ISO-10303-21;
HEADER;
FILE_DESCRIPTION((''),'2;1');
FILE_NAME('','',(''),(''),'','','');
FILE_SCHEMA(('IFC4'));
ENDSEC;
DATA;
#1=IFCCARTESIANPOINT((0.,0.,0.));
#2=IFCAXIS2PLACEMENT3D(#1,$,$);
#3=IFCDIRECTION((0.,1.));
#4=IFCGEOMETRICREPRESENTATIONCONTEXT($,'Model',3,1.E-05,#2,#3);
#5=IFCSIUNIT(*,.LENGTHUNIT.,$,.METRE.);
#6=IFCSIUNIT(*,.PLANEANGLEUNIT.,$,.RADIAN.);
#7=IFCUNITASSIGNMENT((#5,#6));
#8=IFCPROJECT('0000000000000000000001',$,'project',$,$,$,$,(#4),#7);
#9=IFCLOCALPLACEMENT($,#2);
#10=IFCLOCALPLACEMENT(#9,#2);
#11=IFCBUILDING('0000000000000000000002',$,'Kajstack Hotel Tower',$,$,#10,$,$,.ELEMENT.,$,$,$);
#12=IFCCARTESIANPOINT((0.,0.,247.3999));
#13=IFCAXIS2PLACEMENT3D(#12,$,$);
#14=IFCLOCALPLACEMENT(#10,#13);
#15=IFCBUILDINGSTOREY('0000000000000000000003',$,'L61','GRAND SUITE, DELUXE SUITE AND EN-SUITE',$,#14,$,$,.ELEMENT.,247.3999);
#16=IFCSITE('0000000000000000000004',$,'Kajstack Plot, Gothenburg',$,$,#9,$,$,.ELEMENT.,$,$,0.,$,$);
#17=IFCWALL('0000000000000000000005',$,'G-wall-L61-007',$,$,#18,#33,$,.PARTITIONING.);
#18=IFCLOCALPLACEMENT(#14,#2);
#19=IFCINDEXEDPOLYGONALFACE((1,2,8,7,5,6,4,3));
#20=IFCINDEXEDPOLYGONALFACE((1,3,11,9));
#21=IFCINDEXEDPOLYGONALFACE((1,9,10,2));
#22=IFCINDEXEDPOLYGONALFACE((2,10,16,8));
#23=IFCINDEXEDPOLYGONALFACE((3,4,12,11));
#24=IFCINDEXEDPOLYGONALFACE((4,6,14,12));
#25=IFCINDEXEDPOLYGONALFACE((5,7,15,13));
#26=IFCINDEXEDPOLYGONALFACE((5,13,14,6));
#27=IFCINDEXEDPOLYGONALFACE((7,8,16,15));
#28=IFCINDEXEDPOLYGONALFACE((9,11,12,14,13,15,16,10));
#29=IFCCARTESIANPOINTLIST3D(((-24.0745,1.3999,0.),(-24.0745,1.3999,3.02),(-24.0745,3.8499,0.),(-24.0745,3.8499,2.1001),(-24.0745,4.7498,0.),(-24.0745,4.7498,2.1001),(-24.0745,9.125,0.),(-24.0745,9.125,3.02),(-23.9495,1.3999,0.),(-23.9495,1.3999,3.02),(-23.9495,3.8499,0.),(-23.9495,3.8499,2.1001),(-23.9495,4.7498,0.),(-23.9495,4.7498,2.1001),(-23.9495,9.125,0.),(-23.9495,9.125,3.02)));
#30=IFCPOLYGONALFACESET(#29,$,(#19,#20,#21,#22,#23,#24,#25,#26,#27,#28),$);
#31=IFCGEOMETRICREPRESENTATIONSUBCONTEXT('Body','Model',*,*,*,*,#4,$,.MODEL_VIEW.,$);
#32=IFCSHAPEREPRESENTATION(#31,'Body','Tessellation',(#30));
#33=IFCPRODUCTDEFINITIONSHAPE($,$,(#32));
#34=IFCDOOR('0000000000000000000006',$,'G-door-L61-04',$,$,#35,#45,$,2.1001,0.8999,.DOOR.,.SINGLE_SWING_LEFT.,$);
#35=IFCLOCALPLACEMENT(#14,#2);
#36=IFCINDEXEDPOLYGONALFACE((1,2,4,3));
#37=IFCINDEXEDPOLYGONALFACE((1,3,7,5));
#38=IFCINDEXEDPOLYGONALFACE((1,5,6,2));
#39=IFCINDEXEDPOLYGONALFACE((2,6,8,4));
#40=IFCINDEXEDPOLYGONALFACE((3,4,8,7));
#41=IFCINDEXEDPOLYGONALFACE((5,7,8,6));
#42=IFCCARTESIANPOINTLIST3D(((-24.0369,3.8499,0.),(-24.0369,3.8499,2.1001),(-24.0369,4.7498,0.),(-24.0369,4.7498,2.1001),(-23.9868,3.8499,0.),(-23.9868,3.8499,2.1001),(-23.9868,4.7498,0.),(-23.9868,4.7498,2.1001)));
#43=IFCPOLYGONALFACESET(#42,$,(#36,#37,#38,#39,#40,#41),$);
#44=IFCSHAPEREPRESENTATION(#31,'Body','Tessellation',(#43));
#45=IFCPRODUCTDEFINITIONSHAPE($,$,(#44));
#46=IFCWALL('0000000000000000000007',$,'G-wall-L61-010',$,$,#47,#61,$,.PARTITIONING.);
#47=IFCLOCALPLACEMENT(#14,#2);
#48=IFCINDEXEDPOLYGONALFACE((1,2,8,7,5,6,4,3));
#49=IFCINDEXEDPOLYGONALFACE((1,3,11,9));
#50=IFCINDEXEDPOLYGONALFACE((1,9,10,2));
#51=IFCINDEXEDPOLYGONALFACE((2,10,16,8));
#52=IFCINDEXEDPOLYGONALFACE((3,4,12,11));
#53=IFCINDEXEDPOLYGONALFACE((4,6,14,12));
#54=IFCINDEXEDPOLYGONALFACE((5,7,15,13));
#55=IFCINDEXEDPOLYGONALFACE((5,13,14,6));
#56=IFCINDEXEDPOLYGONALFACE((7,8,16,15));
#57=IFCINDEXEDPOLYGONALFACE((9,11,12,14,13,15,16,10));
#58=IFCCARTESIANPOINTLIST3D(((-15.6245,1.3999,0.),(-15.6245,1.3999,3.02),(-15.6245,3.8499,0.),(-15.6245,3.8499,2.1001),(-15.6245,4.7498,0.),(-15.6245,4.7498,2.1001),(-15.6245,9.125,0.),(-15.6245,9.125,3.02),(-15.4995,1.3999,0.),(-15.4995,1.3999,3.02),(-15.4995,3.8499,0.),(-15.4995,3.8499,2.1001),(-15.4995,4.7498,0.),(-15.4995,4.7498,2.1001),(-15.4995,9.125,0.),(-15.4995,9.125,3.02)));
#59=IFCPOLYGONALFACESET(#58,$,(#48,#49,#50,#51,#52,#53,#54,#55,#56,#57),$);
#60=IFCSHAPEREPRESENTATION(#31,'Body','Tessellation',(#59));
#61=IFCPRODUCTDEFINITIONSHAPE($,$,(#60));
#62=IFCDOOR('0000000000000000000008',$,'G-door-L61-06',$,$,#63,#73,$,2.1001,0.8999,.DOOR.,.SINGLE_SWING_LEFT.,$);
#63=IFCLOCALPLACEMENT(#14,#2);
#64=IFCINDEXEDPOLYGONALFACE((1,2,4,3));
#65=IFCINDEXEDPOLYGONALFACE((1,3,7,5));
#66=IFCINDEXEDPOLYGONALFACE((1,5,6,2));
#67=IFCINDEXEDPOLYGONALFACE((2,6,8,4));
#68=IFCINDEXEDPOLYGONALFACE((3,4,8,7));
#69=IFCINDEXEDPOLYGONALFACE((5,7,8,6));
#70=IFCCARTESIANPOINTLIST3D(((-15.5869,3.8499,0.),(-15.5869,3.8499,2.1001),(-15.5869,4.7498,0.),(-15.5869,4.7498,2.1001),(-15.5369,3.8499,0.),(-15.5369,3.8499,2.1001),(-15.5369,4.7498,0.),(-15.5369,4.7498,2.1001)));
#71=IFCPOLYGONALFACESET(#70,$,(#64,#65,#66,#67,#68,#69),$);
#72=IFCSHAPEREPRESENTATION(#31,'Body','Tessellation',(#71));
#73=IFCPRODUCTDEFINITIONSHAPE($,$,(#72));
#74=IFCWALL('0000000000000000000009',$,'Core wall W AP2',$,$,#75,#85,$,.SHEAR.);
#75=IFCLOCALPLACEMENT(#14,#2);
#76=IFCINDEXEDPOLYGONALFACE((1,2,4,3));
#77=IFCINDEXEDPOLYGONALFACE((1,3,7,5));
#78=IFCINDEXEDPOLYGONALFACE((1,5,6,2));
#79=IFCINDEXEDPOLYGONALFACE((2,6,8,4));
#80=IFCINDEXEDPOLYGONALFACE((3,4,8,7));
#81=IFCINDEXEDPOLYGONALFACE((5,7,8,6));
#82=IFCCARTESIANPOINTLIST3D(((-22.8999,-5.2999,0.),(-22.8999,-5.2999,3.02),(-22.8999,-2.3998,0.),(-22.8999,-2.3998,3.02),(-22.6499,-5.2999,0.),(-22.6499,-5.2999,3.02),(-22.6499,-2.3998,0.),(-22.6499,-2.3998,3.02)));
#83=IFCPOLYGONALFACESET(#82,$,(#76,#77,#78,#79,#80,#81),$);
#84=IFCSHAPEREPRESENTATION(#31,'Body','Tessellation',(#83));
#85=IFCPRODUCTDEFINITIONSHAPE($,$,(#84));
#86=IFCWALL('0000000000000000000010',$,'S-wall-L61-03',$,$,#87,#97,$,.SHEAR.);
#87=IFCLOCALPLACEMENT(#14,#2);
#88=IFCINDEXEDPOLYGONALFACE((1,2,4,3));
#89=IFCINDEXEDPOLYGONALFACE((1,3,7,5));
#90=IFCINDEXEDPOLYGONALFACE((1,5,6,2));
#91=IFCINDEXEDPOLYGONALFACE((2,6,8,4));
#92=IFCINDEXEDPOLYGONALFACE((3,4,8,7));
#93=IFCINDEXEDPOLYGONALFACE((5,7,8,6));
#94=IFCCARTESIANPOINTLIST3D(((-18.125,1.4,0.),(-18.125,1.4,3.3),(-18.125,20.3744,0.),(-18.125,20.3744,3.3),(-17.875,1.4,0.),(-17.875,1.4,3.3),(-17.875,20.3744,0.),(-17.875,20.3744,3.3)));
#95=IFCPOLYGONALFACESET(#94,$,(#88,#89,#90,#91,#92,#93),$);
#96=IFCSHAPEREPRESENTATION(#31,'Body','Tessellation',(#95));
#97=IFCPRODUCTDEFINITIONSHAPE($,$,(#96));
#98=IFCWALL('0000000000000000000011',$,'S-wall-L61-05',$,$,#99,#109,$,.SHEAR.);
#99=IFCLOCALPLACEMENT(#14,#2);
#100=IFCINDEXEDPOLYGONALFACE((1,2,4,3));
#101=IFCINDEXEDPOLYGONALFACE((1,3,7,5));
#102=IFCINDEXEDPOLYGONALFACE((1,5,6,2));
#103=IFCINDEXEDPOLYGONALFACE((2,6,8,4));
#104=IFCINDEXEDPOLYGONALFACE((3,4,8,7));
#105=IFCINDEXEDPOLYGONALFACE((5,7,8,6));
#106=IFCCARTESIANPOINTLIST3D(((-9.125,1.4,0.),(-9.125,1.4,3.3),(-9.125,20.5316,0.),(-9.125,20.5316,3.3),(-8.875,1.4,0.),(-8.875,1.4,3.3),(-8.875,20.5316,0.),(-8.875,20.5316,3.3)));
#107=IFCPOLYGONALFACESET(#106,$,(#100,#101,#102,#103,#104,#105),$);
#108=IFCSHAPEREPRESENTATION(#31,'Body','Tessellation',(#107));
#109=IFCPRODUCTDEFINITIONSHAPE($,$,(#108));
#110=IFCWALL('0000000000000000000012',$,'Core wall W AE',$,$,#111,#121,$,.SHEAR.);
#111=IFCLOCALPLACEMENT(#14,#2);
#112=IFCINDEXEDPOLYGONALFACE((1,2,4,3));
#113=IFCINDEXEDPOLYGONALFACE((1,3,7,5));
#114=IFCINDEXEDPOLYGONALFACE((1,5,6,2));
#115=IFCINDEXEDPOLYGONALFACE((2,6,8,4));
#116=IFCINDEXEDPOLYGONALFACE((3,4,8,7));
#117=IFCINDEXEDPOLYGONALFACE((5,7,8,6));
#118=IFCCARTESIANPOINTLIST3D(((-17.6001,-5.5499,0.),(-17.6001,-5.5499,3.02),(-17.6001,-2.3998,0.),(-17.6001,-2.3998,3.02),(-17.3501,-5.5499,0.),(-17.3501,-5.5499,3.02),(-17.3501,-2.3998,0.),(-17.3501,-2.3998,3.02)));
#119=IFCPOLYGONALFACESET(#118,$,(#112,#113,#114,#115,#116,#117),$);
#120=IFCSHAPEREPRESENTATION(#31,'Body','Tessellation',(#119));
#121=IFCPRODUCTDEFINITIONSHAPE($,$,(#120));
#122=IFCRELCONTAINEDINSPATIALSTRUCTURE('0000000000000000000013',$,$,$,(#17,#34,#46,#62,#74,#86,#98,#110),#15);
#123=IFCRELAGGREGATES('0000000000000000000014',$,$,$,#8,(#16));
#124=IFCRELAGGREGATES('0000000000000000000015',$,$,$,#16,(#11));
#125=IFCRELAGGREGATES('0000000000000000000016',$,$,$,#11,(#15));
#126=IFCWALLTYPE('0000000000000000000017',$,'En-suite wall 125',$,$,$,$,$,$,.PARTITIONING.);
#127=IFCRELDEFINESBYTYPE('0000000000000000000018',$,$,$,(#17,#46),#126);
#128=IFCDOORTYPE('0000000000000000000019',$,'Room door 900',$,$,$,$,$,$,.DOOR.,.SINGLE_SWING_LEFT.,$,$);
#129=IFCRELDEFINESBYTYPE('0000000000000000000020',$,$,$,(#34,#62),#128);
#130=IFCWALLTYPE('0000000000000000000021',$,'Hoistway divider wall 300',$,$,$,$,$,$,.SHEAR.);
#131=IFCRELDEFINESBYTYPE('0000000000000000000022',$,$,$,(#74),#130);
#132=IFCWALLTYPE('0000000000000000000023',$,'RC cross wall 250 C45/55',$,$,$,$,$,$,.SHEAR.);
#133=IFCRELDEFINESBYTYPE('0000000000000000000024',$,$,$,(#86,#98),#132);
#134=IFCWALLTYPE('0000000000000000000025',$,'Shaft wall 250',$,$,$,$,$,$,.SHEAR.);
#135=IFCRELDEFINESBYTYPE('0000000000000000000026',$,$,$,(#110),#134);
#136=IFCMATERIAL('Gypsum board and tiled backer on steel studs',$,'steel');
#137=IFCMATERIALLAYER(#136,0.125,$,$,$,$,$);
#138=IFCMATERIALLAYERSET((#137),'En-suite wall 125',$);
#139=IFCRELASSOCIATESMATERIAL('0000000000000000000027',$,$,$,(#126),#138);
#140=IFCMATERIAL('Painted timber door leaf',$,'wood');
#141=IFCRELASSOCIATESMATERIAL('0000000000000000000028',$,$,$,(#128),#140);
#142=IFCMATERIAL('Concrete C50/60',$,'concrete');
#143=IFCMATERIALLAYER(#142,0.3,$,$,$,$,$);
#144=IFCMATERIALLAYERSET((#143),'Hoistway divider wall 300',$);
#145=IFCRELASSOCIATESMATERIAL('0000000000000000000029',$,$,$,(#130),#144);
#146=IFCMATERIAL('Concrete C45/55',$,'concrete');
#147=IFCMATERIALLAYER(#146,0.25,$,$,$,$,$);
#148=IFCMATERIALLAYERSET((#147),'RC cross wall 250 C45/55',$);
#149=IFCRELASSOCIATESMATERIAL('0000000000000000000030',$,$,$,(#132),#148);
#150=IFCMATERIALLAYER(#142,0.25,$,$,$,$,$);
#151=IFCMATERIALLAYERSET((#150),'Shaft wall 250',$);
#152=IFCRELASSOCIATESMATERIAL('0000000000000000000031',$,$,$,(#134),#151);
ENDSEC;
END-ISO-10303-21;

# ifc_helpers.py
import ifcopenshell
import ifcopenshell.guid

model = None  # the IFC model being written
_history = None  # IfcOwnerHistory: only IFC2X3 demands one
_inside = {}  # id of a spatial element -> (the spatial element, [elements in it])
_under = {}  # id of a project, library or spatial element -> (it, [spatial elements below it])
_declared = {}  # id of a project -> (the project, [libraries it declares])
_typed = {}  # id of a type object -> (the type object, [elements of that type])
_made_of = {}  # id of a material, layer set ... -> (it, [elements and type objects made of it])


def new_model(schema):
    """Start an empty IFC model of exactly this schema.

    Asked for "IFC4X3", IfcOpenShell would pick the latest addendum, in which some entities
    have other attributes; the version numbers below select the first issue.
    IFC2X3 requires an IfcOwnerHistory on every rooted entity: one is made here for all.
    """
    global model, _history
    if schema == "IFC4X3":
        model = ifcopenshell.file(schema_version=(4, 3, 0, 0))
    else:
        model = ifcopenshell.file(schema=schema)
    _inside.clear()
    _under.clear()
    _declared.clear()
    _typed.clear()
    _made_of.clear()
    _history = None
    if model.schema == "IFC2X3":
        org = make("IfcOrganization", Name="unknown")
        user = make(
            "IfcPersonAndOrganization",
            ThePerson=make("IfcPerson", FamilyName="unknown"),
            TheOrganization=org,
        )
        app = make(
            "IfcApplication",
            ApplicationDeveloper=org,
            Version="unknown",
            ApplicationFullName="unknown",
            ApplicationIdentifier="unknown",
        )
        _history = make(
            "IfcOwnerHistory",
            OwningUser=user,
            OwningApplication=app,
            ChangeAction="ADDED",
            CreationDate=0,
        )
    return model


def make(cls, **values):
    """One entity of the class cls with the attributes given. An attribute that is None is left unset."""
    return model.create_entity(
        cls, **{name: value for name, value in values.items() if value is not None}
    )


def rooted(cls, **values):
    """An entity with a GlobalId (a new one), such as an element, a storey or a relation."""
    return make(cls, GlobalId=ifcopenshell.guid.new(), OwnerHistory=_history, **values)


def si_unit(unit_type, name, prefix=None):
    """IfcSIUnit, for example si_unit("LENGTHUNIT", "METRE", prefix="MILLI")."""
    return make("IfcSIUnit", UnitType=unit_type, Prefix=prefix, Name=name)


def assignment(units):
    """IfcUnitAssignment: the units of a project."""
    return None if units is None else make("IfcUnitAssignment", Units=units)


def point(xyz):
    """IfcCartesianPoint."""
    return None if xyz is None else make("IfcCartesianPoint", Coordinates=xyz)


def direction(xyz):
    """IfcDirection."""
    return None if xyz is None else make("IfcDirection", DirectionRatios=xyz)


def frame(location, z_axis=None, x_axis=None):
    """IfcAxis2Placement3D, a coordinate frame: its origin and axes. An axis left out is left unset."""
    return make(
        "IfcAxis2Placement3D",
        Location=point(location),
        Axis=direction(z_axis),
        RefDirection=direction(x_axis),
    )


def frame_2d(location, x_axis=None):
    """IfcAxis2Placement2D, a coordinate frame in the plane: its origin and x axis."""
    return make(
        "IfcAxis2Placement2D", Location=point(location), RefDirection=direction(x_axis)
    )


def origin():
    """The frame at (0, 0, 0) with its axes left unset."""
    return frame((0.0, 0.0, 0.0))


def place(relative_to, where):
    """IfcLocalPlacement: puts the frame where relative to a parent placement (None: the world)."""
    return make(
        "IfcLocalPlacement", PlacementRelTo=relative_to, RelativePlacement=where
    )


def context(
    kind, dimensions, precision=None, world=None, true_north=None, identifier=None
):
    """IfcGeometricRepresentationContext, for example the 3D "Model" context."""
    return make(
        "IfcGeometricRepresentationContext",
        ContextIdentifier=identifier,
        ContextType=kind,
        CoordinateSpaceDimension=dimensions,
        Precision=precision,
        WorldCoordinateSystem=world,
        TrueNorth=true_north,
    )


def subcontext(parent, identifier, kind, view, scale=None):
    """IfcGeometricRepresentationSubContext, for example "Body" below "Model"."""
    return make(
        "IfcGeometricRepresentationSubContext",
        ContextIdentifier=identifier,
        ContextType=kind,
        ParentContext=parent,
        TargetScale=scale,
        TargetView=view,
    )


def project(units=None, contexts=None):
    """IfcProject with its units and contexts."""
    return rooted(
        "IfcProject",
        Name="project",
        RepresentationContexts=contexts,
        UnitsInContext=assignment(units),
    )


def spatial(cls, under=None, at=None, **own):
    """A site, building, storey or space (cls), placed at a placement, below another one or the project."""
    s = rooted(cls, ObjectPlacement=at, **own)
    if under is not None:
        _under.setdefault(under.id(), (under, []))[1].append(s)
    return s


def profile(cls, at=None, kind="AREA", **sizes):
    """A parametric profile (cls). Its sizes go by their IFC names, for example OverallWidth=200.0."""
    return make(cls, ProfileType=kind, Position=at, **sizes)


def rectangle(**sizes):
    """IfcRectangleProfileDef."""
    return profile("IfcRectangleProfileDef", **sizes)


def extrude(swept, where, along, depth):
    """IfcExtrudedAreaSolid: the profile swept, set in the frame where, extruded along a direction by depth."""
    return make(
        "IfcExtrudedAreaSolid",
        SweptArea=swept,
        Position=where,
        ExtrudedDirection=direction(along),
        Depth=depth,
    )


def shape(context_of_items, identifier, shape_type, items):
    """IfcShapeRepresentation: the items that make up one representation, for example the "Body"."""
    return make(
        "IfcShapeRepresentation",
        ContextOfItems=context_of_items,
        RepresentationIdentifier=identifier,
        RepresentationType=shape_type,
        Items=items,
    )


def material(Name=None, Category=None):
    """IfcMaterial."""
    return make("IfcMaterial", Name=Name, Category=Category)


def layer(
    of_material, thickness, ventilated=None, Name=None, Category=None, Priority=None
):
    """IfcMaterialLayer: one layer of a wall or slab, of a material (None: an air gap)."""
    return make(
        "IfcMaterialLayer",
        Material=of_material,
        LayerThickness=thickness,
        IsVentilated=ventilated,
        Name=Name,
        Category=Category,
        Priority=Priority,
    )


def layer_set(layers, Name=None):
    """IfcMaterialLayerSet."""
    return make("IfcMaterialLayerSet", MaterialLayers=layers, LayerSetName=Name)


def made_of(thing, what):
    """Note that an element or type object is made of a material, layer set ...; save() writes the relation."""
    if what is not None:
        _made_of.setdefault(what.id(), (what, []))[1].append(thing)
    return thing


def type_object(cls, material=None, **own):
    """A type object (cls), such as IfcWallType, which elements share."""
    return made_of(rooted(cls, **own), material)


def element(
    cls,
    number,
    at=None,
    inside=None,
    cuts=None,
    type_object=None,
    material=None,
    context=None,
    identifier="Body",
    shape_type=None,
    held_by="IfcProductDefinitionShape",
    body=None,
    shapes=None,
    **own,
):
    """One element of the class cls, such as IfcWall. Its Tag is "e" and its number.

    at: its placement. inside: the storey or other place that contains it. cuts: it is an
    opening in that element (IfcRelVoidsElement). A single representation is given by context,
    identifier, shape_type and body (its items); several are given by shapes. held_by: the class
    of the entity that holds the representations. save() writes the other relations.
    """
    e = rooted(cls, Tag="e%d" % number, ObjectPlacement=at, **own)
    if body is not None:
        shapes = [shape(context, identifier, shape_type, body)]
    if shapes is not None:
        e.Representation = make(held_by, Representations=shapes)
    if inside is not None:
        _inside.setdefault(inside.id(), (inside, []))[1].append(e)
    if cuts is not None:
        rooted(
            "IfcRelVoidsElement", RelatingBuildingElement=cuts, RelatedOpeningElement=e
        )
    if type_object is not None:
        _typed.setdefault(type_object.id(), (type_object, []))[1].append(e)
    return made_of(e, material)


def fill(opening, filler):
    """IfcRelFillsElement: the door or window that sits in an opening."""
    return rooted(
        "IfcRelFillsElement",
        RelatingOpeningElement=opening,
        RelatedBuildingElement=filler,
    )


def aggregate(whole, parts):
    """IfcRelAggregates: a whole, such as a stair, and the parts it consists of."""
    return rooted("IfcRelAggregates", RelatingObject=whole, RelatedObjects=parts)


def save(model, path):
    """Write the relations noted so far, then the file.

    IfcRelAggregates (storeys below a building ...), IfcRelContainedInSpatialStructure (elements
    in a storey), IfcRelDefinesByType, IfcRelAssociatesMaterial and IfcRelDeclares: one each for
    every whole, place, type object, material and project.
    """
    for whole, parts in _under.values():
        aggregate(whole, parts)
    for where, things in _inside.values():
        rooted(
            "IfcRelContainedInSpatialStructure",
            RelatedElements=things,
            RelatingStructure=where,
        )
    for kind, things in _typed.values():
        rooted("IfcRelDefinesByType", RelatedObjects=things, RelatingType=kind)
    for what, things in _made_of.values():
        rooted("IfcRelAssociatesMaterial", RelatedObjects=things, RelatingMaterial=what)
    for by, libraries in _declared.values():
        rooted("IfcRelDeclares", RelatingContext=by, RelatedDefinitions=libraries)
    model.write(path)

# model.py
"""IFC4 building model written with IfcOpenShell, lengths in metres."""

from ifc_helpers import new_model, si_unit, direction, frame, frame_2d, origin, place, context, subcontext, project, spatial, rectangle, extrude, material, layer, layer_set, type_object, element, fill, save


model = new_model("IFC4")

# Units and contexts
model_context = context("Model", 3, precision=1e-05, world=origin(), true_north=direction((0.0, 1.0)))
body_context = subcontext(model_context, "Body", "Model", "MODEL_VIEW")
ifc_project = project(units=[si_unit("LENGTHUNIT", "METRE"), si_unit("PLANEANGLEUNIT", "RADIAN")], contexts=[model_context])

# Site, building, storey
site_placement = place(None, origin())
site = spatial("IfcSite", under=ifc_project, at=site_placement, Name="Kajstack Plot, Gothenburg", CompositionType="ELEMENT", RefElevation=0.0)
building_placement = place(site_placement, origin())
building = spatial("IfcBuilding", under=site, at=building_placement, Name="Kajstack Hotel Tower", CompositionType="ELEMENT")
storey_placement = place(building_placement, frame((0.0, 0.0, 247.3999)))
storey = spatial("IfcBuildingStorey", under=building, at=storey_placement, Name="L61", Description="GRAND SUITE, DELUXE SUITE AND EN-SUITE", CompositionType="ELEMENT", Elevation=247.3999)

# Walls, openings, doors
ifc_material_1 = material(Name="Gypsum board and tiled backer on steel studs", Category="steel")
ifc_layer_1 = layer(ifc_material_1, 0.125)
ifc_layer_set_1 = layer_set([ifc_layer_1], Name="En-suite wall 125")
wall_type_1 = type_object("IfcWallType", Name="En-suite wall 125", PredefinedType="PARTITIONING", material=ifc_layer_set_1)
wall_1_placement = place(storey_placement, frame((-24.012, 1.3999, 0.0), z_axis=(0.0, 0.0, 1.0), x_axis=(0.0, 1.0, 0.0)))
wall_1 = element("IfcWall", 1, at=wall_1_placement, inside=storey, type_object=wall_type_1, Name="G-wall-L61-007", PredefinedType="PARTITIONING", context=body_context, shape_type="SweptSolid", body=[
    extrude(rectangle(XDim=7.7251, YDim=0.125, at=frame_2d((3.8625, 0.0))), origin(), (0.0, 0.0, 1.0), 3.02),
])
opening_1_placement = place(wall_1_placement, frame((2.45, 0.0, 0.0)))
opening_1 = element("IfcOpeningElement", 2, at=opening_1_placement, cuts=wall_1, PredefinedType="OPENING", context=body_context, shape_type="SweptSolid", body=[
    extrude(rectangle(XDim=0.8999, YDim=2.1001, at=frame_2d((0.45, 1.05))), frame((0.0, 0.0725, 0.0), z_axis=(0.0, -1.0, 0.0), x_axis=(1.0, 0.0, 0.0)), (0.0, 0.0, 1.0), 0.145),
])
ifc_material_2 = material(Name="Painted timber door leaf", Category="wood")
door_type_1 = type_object("IfcDoorType", Name="Room door 900", OperationType="SINGLE_SWING_LEFT", PredefinedType="DOOR", material=ifc_material_2)
door_1_placement = place(opening_1_placement, origin())
door_1 = element("IfcDoor", 3, at=door_1_placement, inside=storey, type_object=door_type_1, Name="G-door-L61-04", OperationType="SINGLE_SWING_LEFT", OverallHeight=2.1001, OverallWidth=0.8999, PredefinedType="DOOR", context=body_context, shape_type="SweptSolid", body=[
    extrude(rectangle(XDim=0.8999, YDim=2.1001, at=frame_2d((0.45, 1.05))), frame((0.0, 0.0249, 0.0), z_axis=(0.0, -1.0, 0.0), x_axis=(1.0, 0.0, 0.0)), (0.0, 0.0, 1.0), 0.05),
])
fill(opening_1, door_1)
wall_2_placement = place(storey_placement, frame((-15.562, 1.3999, 0.0), z_axis=(0.0, 0.0, 1.0), x_axis=(0.0, 1.0, 0.0)))
wall_2 = element("IfcWall", 4, at=wall_2_placement, inside=storey, type_object=wall_type_1, Name="G-wall-L61-010", PredefinedType="PARTITIONING", context=body_context, shape_type="SweptSolid", body=[
    extrude(rectangle(XDim=7.7251, YDim=0.125, at=frame_2d((3.8625, 0.0))), origin(), (0.0, 0.0, 1.0), 3.02),
])
opening_2_placement = place(wall_2_placement, frame((2.45, 0.0, 0.0)))
opening_2 = element("IfcOpeningElement", 5, at=opening_2_placement, cuts=wall_2, PredefinedType="OPENING", context=body_context, shape_type="SweptSolid", body=[
    extrude(rectangle(XDim=0.8999, YDim=2.1001, at=frame_2d((0.45, 1.05))), frame((0.0, 0.0725, 0.0), z_axis=(0.0, -1.0, 0.0), x_axis=(1.0, 0.0, 0.0)), (0.0, 0.0, 1.0), 0.145),
])
door_2_placement = place(opening_2_placement, origin())
door_2 = element("IfcDoor", 6, at=door_2_placement, inside=storey, type_object=door_type_1, Name="G-door-L61-06", OperationType="SINGLE_SWING_LEFT", OverallHeight=2.1001, OverallWidth=0.8999, PredefinedType="DOOR", context=body_context, shape_type="SweptSolid", body=[
    extrude(rectangle(XDim=0.8999, YDim=2.1001, at=frame_2d((0.45, 1.05))), frame((0.0, 0.0249, 0.0), z_axis=(0.0, -1.0, 0.0), x_axis=(1.0, 0.0, 0.0)), (0.0, 0.0, 1.0), 0.05),
])
fill(opening_2, door_2)

# Walls
ifc_material_3 = material(Name="Concrete C50/60", Category="concrete")
ifc_layer_2 = layer(ifc_material_3, 0.3)
ifc_layer_set_2 = layer_set([ifc_layer_2], Name="Hoistway divider wall 300")
wall_type_2 = type_object("IfcWallType", Name="Hoistway divider wall 300", PredefinedType="SHEAR", material=ifc_layer_set_2)
wall_3_placement = place(storey_placement, frame((-22.7749, -5.3, 0.0), z_axis=(0.0, 0.0, 1.0), x_axis=(0.0, 1.0, 0.0)))
element("IfcWall", 7, at=wall_3_placement, inside=storey, type_object=wall_type_2, Name="Core wall W AP2", PredefinedType="SHEAR", context=body_context, shape_type="SweptSolid", body=[
    extrude(rectangle(XDim=2.9001, YDim=0.25, at=frame_2d((1.4502, 0.0))), origin(), (0.0, 0.0, 1.0), 3.02),
])
ifc_material_4 = material(Name="Concrete C45/55", Category="concrete")
ifc_layer_3 = layer(ifc_material_4, 0.25)
ifc_layer_set_3 = layer_set([ifc_layer_3], Name="RC cross wall 250 C45/55")
wall_type_3 = type_object("IfcWallType", Name="RC cross wall 250 C45/55", PredefinedType="SHEAR", material=ifc_layer_set_3)
wall_4_placement = place(storey_placement, frame((-18.0, 1.3999, 0.0), z_axis=(0.0, 0.0, 1.0), x_axis=(0.0, 1.0, 0.0)))
element("IfcWall", 8, at=wall_4_placement, inside=storey, type_object=wall_type_3, Name="S-wall-L61-03", PredefinedType="SHEAR", context=body_context, shape_type="SweptSolid", body=[
    extrude(rectangle(XDim=18.9744, YDim=0.25, at=frame_2d((9.4873, 0.0))), origin(), (0.0, 0.0, 1.0), 3.3),
])
wall_5_placement = place(storey_placement, frame((-9.0, 1.3999, 0.0), z_axis=(0.0, 0.0, 1.0), x_axis=(0.0, 1.0, 0.0)))
element("IfcWall", 9, at=wall_5_placement, inside=storey, type_object=wall_type_3, Name="S-wall-L61-05", PredefinedType="SHEAR", context=body_context, shape_type="SweptSolid", body=[
    extrude(rectangle(XDim=19.1316, YDim=0.25, at=frame_2d((9.5659, 0.0))), origin(), (0.0, 0.0, 1.0), 3.3),
])
ifc_layer_4 = layer(ifc_material_3, 0.25)
ifc_layer_set_4 = layer_set([ifc_layer_4], Name="Shaft wall 250")
wall_type_4 = type_object("IfcWallType", Name="Shaft wall 250", PredefinedType="SHEAR", material=ifc_layer_set_4)
wall_6_placement = place(storey_placement, frame((-17.4751, -5.55, 0.0), z_axis=(0.0, 0.0, 1.0), x_axis=(0.0, 1.0, 0.0)))
element("IfcWall", 10, at=wall_6_placement, inside=storey, type_object=wall_type_4, Name="Core wall W AE", PredefinedType="SHEAR", context=body_context, shape_type="SweptSolid", body=[
    extrude(rectangle(XDim=3.1501, YDim=0.25, at=frame_2d((1.5752, 0.0))), origin(), (0.0, 0.0, 1.0), 3.02),
])

save(model, "model.ifc")
